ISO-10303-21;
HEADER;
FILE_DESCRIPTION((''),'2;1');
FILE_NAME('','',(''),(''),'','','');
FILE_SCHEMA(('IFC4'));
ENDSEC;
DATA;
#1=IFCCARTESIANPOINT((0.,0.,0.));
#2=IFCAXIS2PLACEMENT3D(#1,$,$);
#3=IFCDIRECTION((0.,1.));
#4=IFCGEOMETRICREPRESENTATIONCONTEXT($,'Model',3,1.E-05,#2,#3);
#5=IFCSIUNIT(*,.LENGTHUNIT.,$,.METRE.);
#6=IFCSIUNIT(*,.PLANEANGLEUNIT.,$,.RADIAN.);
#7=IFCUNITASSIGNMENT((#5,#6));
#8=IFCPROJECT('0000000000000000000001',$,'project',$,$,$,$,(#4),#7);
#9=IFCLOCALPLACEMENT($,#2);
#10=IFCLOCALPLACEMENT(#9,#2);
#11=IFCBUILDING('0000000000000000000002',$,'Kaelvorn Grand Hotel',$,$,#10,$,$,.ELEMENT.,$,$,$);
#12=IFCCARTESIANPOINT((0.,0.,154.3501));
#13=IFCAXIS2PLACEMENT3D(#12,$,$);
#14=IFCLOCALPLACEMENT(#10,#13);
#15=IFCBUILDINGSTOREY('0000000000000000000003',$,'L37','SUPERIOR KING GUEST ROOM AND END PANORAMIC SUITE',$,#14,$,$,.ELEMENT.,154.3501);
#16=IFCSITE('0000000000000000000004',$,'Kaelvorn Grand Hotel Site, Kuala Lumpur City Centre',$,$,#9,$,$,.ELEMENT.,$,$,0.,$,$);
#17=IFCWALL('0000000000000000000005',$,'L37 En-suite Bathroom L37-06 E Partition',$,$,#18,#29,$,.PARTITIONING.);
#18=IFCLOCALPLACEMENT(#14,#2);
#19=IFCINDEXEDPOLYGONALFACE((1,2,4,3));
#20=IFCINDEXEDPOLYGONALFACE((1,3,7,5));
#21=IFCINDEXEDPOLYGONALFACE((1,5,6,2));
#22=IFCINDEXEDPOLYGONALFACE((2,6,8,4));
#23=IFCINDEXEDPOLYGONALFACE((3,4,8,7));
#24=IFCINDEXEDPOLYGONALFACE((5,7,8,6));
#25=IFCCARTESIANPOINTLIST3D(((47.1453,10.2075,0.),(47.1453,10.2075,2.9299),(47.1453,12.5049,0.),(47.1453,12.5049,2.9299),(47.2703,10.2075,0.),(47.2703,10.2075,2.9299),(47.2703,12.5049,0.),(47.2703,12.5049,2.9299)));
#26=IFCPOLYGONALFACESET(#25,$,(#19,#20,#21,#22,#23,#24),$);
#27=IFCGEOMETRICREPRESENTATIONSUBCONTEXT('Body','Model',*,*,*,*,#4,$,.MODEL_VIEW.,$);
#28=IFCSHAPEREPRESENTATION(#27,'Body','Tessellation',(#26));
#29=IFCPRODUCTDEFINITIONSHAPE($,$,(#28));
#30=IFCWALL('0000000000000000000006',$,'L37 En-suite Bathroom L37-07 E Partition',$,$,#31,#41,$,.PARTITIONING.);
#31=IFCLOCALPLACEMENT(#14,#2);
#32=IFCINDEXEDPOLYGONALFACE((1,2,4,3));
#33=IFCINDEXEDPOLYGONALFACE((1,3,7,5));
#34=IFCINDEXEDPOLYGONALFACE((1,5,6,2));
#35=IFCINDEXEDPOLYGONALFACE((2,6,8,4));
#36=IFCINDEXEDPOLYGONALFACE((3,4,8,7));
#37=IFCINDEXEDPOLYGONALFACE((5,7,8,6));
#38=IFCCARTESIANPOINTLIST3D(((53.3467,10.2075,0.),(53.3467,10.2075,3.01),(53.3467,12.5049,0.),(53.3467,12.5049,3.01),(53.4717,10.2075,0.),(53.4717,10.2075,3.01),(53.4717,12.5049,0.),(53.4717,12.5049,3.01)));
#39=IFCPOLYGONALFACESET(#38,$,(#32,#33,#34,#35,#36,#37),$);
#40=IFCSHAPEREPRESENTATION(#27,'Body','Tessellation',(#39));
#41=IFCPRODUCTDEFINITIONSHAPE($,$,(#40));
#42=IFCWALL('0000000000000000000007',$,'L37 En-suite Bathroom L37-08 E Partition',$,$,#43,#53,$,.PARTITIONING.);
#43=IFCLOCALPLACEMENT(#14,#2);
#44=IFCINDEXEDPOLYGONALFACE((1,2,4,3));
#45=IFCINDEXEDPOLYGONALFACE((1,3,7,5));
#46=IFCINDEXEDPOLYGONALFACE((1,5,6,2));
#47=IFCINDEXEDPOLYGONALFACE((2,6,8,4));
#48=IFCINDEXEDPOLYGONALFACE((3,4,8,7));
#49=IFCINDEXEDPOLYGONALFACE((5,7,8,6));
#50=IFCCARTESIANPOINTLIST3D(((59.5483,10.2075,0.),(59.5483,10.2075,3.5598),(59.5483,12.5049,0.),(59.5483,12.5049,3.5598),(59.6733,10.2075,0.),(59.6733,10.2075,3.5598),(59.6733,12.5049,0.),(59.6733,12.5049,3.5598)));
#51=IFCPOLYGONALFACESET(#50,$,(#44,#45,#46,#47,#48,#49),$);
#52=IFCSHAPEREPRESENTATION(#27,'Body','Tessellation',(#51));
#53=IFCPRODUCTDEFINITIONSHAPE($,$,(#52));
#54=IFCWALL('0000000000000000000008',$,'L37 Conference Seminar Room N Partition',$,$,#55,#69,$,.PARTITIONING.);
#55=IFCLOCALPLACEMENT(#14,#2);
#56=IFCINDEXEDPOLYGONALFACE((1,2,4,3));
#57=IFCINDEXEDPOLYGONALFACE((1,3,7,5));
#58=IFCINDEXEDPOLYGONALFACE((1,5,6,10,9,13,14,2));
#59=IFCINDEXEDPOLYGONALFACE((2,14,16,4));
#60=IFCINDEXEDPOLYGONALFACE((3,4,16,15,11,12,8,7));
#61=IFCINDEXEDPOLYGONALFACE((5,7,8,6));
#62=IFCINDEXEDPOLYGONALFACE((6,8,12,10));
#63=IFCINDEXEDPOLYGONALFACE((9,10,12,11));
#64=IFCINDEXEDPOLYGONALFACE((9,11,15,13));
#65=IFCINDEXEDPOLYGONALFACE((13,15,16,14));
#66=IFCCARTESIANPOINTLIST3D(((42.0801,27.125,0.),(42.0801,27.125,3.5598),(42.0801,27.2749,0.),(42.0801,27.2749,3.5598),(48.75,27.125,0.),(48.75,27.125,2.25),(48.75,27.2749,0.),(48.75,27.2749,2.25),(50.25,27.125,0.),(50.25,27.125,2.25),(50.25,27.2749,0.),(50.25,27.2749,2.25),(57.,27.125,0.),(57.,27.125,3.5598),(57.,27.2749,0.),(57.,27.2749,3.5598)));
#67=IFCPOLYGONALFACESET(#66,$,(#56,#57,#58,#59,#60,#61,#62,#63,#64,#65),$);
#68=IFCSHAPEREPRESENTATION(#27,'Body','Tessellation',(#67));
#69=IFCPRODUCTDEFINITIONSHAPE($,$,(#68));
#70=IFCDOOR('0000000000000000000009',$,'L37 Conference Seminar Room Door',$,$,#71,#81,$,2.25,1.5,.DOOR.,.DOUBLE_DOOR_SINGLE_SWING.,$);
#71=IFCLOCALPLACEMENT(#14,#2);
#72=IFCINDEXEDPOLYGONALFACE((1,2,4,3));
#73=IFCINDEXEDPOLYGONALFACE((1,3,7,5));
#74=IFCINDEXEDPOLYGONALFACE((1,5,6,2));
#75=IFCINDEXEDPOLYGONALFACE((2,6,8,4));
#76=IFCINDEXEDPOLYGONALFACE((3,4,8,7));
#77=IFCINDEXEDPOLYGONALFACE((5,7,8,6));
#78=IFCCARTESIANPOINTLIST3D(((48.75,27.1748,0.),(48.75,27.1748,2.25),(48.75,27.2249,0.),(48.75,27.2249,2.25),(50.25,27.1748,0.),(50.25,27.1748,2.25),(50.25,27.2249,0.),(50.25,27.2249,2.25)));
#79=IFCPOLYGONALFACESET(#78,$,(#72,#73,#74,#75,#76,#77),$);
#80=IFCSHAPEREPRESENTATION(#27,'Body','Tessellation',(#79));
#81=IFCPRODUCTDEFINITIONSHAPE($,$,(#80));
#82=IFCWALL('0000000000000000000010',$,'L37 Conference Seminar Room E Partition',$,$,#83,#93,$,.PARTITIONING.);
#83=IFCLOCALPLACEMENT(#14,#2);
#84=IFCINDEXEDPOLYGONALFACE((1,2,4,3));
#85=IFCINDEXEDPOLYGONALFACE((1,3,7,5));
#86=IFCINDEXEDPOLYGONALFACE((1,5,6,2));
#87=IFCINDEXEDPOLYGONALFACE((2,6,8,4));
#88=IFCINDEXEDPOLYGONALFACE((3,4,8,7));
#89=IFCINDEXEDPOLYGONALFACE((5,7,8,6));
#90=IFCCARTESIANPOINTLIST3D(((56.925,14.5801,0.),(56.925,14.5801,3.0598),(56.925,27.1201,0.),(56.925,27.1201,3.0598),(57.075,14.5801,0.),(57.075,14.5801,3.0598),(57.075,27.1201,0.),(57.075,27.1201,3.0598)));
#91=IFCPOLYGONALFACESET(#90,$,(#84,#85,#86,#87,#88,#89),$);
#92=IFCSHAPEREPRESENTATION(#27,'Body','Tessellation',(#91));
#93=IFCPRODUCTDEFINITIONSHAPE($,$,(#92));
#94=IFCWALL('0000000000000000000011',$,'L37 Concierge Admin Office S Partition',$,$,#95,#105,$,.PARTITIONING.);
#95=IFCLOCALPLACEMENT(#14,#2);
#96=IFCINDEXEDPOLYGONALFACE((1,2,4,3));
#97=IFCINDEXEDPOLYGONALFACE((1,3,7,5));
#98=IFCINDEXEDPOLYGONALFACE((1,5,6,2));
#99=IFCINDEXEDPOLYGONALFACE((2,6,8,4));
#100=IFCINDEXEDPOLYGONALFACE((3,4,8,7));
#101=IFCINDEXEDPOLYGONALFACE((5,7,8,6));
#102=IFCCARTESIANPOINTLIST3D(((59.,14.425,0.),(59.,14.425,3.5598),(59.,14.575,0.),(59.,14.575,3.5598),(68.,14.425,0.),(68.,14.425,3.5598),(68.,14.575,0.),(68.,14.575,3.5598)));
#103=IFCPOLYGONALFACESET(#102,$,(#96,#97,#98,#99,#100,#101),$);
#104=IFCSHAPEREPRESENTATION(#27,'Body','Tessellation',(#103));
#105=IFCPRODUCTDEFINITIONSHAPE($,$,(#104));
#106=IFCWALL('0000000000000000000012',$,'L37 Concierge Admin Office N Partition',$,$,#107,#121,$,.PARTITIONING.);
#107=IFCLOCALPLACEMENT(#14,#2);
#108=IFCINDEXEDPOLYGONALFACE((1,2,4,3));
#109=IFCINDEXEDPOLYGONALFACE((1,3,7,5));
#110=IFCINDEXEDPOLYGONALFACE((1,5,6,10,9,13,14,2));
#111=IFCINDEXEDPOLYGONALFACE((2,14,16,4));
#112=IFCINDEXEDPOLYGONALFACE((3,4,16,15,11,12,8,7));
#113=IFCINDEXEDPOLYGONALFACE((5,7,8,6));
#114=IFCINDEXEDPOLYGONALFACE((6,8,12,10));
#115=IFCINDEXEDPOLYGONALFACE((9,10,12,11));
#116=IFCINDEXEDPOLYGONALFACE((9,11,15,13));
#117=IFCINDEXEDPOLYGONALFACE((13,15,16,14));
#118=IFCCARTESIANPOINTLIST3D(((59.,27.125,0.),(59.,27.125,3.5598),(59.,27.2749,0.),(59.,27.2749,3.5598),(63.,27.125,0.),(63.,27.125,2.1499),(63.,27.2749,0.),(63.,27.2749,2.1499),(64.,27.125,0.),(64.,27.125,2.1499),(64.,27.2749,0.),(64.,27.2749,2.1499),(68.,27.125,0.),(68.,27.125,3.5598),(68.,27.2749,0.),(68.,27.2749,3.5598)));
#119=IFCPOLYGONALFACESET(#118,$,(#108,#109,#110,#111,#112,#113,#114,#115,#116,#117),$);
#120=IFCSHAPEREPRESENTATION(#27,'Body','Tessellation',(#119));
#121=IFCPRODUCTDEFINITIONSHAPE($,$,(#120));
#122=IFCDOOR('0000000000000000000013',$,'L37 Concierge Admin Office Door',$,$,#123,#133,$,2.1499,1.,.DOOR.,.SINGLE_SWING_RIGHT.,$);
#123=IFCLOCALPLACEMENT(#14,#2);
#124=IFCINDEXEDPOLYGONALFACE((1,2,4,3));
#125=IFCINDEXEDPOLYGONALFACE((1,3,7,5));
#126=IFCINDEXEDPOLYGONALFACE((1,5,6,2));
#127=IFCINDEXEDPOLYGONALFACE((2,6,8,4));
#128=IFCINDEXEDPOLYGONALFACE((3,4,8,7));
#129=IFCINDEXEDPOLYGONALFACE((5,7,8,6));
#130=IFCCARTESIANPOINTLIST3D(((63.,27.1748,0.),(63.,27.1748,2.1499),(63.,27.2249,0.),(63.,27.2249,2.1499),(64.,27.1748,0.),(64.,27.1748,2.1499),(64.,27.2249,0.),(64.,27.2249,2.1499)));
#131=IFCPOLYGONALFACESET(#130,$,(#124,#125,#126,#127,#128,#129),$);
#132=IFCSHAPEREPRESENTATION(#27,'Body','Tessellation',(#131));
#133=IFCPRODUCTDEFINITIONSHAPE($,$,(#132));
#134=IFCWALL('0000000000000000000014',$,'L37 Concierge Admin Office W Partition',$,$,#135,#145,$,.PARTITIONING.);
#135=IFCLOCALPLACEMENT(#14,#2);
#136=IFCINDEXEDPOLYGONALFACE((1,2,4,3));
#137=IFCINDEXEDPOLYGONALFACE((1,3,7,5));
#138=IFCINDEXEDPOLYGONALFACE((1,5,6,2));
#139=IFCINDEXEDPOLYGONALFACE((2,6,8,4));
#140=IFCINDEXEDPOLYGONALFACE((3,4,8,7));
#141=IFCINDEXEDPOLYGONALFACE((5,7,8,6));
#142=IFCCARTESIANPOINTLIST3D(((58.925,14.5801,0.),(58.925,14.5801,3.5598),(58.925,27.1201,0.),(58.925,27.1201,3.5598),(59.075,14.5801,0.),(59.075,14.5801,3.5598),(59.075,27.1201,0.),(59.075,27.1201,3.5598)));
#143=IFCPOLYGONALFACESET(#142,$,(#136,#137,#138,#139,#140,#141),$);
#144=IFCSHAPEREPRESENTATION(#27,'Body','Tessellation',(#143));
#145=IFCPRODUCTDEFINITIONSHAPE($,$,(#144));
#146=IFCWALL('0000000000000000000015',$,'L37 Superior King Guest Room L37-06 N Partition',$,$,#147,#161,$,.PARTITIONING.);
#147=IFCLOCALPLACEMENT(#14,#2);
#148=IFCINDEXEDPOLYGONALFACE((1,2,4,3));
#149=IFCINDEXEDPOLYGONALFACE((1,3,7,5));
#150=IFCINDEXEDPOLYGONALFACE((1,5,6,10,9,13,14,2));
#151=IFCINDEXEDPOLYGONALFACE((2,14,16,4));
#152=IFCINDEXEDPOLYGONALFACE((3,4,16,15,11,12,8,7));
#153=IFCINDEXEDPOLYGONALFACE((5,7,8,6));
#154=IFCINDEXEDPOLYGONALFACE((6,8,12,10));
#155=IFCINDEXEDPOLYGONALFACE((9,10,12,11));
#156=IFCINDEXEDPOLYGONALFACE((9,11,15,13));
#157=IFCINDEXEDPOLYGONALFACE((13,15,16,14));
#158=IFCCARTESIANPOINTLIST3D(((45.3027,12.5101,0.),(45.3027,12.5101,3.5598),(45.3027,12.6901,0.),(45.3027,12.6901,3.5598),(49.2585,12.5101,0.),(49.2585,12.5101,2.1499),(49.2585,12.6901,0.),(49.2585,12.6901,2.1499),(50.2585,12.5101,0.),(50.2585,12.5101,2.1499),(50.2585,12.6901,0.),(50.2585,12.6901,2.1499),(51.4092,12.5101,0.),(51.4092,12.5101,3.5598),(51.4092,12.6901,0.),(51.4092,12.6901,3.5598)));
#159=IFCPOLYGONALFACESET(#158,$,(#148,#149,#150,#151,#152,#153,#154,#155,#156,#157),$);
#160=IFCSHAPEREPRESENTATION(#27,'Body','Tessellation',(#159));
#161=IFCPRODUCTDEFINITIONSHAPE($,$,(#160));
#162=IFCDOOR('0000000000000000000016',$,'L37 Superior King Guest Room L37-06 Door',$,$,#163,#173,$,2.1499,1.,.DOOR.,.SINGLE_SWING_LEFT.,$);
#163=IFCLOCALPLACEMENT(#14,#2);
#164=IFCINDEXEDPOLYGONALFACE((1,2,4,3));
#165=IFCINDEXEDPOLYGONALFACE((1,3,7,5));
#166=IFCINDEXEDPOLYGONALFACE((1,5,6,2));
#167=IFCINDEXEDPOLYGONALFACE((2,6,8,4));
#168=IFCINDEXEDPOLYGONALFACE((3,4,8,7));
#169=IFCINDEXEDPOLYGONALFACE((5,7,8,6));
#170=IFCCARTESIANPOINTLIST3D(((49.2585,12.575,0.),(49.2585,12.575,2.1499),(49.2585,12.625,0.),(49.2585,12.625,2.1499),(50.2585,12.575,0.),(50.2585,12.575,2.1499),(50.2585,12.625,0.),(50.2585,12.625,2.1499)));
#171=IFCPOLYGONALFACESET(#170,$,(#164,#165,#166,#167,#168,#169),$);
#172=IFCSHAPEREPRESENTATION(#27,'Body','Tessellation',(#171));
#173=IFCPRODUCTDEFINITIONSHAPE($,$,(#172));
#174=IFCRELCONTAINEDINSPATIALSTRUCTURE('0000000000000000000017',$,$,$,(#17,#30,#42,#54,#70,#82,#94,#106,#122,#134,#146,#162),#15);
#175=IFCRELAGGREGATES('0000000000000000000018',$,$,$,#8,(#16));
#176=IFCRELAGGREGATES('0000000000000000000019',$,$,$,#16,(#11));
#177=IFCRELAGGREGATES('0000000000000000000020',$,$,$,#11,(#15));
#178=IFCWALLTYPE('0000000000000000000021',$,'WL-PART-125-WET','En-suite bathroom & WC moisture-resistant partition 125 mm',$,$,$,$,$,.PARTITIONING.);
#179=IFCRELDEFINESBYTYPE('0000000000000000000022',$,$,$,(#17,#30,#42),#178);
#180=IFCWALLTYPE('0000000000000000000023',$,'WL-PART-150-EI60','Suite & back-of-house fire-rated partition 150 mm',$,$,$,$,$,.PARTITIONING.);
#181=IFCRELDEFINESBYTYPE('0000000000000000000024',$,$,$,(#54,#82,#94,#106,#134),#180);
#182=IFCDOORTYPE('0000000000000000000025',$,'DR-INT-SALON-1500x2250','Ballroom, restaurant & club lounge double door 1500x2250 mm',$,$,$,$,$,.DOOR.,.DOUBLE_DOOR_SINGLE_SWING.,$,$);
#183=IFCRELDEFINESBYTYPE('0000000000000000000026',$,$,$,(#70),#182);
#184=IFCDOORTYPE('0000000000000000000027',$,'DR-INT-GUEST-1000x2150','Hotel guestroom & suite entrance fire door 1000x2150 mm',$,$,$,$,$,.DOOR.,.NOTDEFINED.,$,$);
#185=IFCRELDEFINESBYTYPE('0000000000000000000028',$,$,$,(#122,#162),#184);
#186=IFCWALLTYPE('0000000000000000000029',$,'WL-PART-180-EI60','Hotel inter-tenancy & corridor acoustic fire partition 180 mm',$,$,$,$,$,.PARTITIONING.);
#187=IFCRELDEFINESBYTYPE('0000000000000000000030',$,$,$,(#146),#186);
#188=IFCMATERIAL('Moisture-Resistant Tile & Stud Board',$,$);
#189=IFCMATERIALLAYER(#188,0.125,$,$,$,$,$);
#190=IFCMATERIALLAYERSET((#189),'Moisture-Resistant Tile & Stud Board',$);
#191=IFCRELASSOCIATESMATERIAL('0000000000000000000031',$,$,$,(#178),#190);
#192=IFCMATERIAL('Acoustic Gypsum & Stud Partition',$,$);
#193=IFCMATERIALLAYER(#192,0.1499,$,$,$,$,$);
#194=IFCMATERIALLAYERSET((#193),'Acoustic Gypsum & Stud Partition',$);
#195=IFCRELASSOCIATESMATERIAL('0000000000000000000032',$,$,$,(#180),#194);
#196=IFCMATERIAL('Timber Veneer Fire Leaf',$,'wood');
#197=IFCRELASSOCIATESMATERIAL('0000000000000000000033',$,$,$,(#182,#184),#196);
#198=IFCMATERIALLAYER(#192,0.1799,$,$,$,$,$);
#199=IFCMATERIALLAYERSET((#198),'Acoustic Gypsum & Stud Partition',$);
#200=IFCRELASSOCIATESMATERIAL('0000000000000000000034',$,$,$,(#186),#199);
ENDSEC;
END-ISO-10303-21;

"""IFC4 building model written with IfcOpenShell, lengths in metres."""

from ifc_helpers import new_model, si_unit, direction, frame, frame_2d, origin, place, context, subcontext, project, spatial, rectangle, extrude, material, layer, layer_set, type_object, element, fill, save


model = new_model("IFC4")

# Units and contexts
model_context = context("Model", 3, precision=1e-05, world=origin(), true_north=direction((0.0, 1.0)))
body_context = subcontext(model_context, "Body", "Model", "MODEL_VIEW")
ifc_project = project(units=[si_unit("LENGTHUNIT", "METRE"), si_unit("PLANEANGLEUNIT", "RADIAN")], contexts=[model_context])

# Site, building, storey
site_placement = place(None, origin())
site = spatial("IfcSite", under=ifc_project, at=site_placement, Name="Kaelvorn Grand Hotel Site, Kuala Lumpur City Centre", CompositionType="ELEMENT", RefElevation=0.0)
building_placement = place(site_placement, origin())
building = spatial("IfcBuilding", under=site, at=building_placement, Name="Kaelvorn Grand Hotel", CompositionType="ELEMENT")
storey_placement = place(building_placement, frame((0.0, 0.0, 154.3501)))
storey = spatial("IfcBuildingStorey", under=building, at=storey_placement, Name="L37", Description="SUPERIOR KING GUEST ROOM AND END PANORAMIC SUITE", CompositionType="ELEMENT", Elevation=154.3501)

# Walls
ifc_material_1 = material(Name="Moisture-Resistant Tile & Stud Board")
ifc_layer_1 = layer(ifc_material_1, 0.125)
ifc_layer_set_1 = layer_set([ifc_layer_1], Name="Moisture-Resistant Tile & Stud Board")
wall_type_1 = type_object("IfcWallType", Name="WL-PART-125-WET", Description="En-suite bathroom & WC moisture-resistant partition 125 mm", PredefinedType="PARTITIONING", material=ifc_layer_set_1)
wall_1_placement = place(storey_placement, frame((47.2078, 10.2075, 0.0), z_axis=(0.0, 0.0, 1.0), x_axis=(0.0, 1.0, 0.0)))
element("IfcWall", 1, at=wall_1_placement, inside=storey, type_object=wall_type_1, Name="L37 En-suite Bathroom L37-06 E Partition", PredefinedType="PARTITIONING", context=body_context, shape_type="SweptSolid", body=[
    extrude(rectangle(XDim=2.2974, YDim=0.125, at=frame_2d((1.1487, 0.0))), origin(), (0.0, 0.0, 1.0), 2.9299),
])
wall_2_placement = place(storey_placement, frame((53.4092, 10.2075, 0.0), z_axis=(0.0, 0.0, 1.0), x_axis=(0.0, 1.0, 0.0)))
element("IfcWall", 2, at=wall_2_placement, inside=storey, type_object=wall_type_1, Name="L37 En-suite Bathroom L37-07 E Partition", PredefinedType="PARTITIONING", context=body_context, shape_type="SweptSolid", body=[
    extrude(rectangle(XDim=2.2974, YDim=0.125, at=frame_2d((1.1487, 0.0))), origin(), (0.0, 0.0, 1.0), 3.01),
])
wall_3_placement = place(storey_placement, frame((59.6108, 10.2075, 0.0), z_axis=(0.0, 0.0, 1.0), x_axis=(0.0, 1.0, 0.0)))
element("IfcWall", 3, at=wall_3_placement, inside=storey, type_object=wall_type_1, Name="L37 En-suite Bathroom L37-08 E Partition", PredefinedType="PARTITIONING", context=body_context, shape_type="SweptSolid", body=[
    extrude(rectangle(XDim=2.2974, YDim=0.125, at=frame_2d((1.1487, 0.0))), origin(), (0.0, 0.0, 1.0), 3.5598),
])

# Wall, opening, door
ifc_material_2 = material(Name="Acoustic Gypsum & Stud Partition")
ifc_layer_2 = layer(ifc_material_2, 0.1499)
ifc_layer_set_2 = layer_set([ifc_layer_2], Name="Acoustic Gypsum & Stud Partition")
wall_type_2 = type_object("IfcWallType", Name="WL-PART-150-EI60", Description="Suite & back-of-house fire-rated partition 150 mm", PredefinedType="PARTITIONING", material=ifc_layer_set_2)
wall_4_placement = place(storey_placement, frame((42.0801, 27.2, 0.0), z_axis=(0.0, 0.0, 1.0), x_axis=(1.0, 0.0, 0.0)))
wall_4 = element("IfcWall", 4, at=wall_4_placement, inside=storey, type_object=wall_type_2, Name="L37 Conference Seminar Room N Partition", PredefinedType="PARTITIONING", context=body_context, shape_type="SweptSolid", body=[
    extrude(rectangle(XDim=14.9199, YDim=0.1499, at=frame_2d((7.46, 0.0))), origin(), (0.0, 0.0, 1.0), 3.5598),
])
opening_1_placement = place(wall_4_placement, frame((6.6699, 0.0, 0.0)))
opening_1 = element("IfcOpeningElement", 5, at=opening_1_placement, cuts=wall_4, PredefinedType="OPENING", context=body_context, shape_type="SweptSolid", body=[
    extrude(rectangle(XDim=1.5, YDim=2.25, at=frame_2d((0.75, 1.125))), frame((0.0, 0.085, 0.0), z_axis=(0.0, -1.0, 0.0), x_axis=(1.0, 0.0, 0.0)), (0.0, 0.0, 1.0), 0.1699),
])
ifc_material_3 = material(Name="Timber Veneer Fire Leaf", Category="wood")
door_type_1 = type_object("IfcDoorType", Name="DR-INT-SALON-1500x2250", Description="Ballroom, restaurant & club lounge double door 1500x2250 mm", OperationType="DOUBLE_DOOR_SINGLE_SWING", PredefinedType="DOOR", material=ifc_material_3)
door_1_placement = place(opening_1_placement, origin())
door_1 = element("IfcDoor", 6, at=door_1_placement, inside=storey, type_object=door_type_1, Name="L37 Conference Seminar Room Door", OperationType="DOUBLE_DOOR_SINGLE_SWING", OverallHeight=2.25, OverallWidth=1.5, PredefinedType="DOOR", context=body_context, shape_type="SweptSolid", body=[
    extrude(rectangle(XDim=1.5, YDim=2.25, at=frame_2d((0.75, 1.125))), frame((0.0, 0.0249, 0.0), z_axis=(0.0, -1.0, 0.0), x_axis=(1.0, 0.0, 0.0)), (0.0, 0.0, 1.0), 0.05),
])
fill(opening_1, door_1)

# Walls
wall_5_placement = place(storey_placement, frame((57.0, 14.5801, 0.0), z_axis=(0.0, 0.0, 1.0), x_axis=(0.0, 1.0, 0.0)))
element("IfcWall", 7, at=wall_5_placement, inside=storey, type_object=wall_type_2, Name="L37 Conference Seminar Room E Partition", PredefinedType="PARTITIONING", context=body_context, shape_type="SweptSolid", body=[
    extrude(rectangle(XDim=12.54, YDim=0.1499, at=frame_2d((6.27, 0.0))), origin(), (0.0, 0.0, 1.0), 3.0598),
])
wall_6_placement = place(storey_placement, frame((59.0, 14.5, 0.0), z_axis=(0.0, 0.0, 1.0), x_axis=(1.0, 0.0, 0.0)))
element("IfcWall", 8, at=wall_6_placement, inside=storey, type_object=wall_type_2, Name="L37 Concierge Admin Office S Partition", PredefinedType="PARTITIONING", context=body_context, shape_type="SweptSolid", body=[
    extrude(rectangle(XDim=9.0, YDim=0.1499, at=frame_2d((4.5, 0.0))), origin(), (0.0, 0.0, 1.0), 3.5598),
])

# Wall, opening, door
wall_7_placement = place(storey_placement, frame((59.0, 27.2, 0.0), z_axis=(0.0, 0.0, 1.0), x_axis=(1.0, 0.0, 0.0)))
wall_7 = element("IfcWall", 9, at=wall_7_placement, inside=storey, type_object=wall_type_2, Name="L37 Concierge Admin Office N Partition", PredefinedType="PARTITIONING", context=body_context, shape_type="SweptSolid", body=[
    extrude(rectangle(XDim=9.0, YDim=0.1499, at=frame_2d((4.5, 0.0))), origin(), (0.0, 0.0, 1.0), 3.5598),
])
opening_2_placement = place(wall_7_placement, frame((4.0, 0.0, 0.0)))
opening_2 = element("IfcOpeningElement", 10, at=opening_2_placement, cuts=wall_7, PredefinedType="OPENING", context=body_context, shape_type="SweptSolid", body=[
    extrude(rectangle(XDim=1.0, YDim=2.1499, at=frame_2d((0.5, 1.075))), frame((0.0, 0.085, 0.0), z_axis=(0.0, -1.0, 0.0), x_axis=(1.0, 0.0, 0.0)), (0.0, 0.0, 1.0), 0.1699),
])
door_type_2 = type_object("IfcDoorType", Name="DR-INT-GUEST-1000x2150", Description="Hotel guestroom & suite entrance fire door 1000x2150 mm", OperationType="NOTDEFINED", PredefinedType="DOOR", material=ifc_material_3)
door_2_placement = place(opening_2_placement, origin())
door_2 = element("IfcDoor", 11, at=door_2_placement, inside=storey, type_object=door_type_2, Name="L37 Concierge Admin Office Door", OperationType="SINGLE_SWING_RIGHT", OverallHeight=2.1499, OverallWidth=1.0, PredefinedType="DOOR", context=body_context, shape_type="SweptSolid", body=[
    extrude(rectangle(XDim=1.0, YDim=2.1499, at=frame_2d((0.5, 1.075))), frame((0.0, 0.0249, 0.0), z_axis=(0.0, -1.0, 0.0), x_axis=(1.0, 0.0, 0.0)), (0.0, 0.0, 1.0), 0.05),
])
fill(opening_2, door_2)

# Wall
wall_8_placement = place(storey_placement, frame((59.0, 14.5801, 0.0), z_axis=(0.0, 0.0, 1.0), x_axis=(0.0, 1.0, 0.0)))
element("IfcWall", 12, at=wall_8_placement, inside=storey, type_object=wall_type_2, Name="L37 Concierge Admin Office W Partition", PredefinedType="PARTITIONING", context=body_context, shape_type="SweptSolid", body=[
    extrude(rectangle(XDim=12.54, YDim=0.1499, at=frame_2d((6.27, 0.0))), origin(), (0.0, 0.0, 1.0), 3.5598),
])

# Wall, opening, door
ifc_layer_3 = layer(ifc_material_2, 0.1799)
ifc_layer_set_3 = layer_set([ifc_layer_3], Name="Acoustic Gypsum & Stud Partition")
wall_type_3 = type_object("IfcWallType", Name="WL-PART-180-EI60", Description="Hotel inter-tenancy & corridor acoustic fire partition 180 mm", PredefinedType="PARTITIONING", material=ifc_layer_set_3)
wall_9_placement = place(storey_placement, frame((45.3027, 12.6001, 0.0), z_axis=(0.0, 0.0, 1.0), x_axis=(1.0, 0.0, 0.0)))
wall_9 = element("IfcWall", 13, at=wall_9_placement, inside=storey, type_object=wall_type_3, Name="L37 Superior King Guest Room L37-06 N Partition", PredefinedType="PARTITIONING", context=body_context, shape_type="SweptSolid", body=[
    extrude(rectangle(XDim=6.1064, YDim=0.1799, at=frame_2d((3.0532, 0.0))), origin(), (0.0, 0.0, 1.0), 3.5598),
])
opening_3_placement = place(wall_9_placement, frame((3.9558, 0.0, 0.0)))
opening_3 = element("IfcOpeningElement", 14, at=opening_3_placement, cuts=wall_9, PredefinedType="OPENING", context=body_context, shape_type="SweptSolid", body=[
    extrude(rectangle(XDim=1.0, YDim=2.1499, at=frame_2d((0.5, 1.075))), frame((0.0, 0.1001, 0.0), z_axis=(0.0, -1.0, 0.0), x_axis=(1.0, 0.0, 0.0)), (0.0, 0.0, 1.0), 0.2),
])
door_3_placement = place(opening_3_placement, origin())
door_3 = element("IfcDoor", 15, at=door_3_placement, inside=storey, type_object=door_type_2, Name="L37 Superior King Guest Room L37-06 Door", OperationType="SINGLE_SWING_LEFT", OverallHeight=2.1499, OverallWidth=1.0, PredefinedType="DOOR", context=body_context, shape_type="SweptSolid", body=[
    extrude(rectangle(XDim=1.0, YDim=2.1499, at=frame_2d((0.5, 1.075))), frame((0.0, 0.0249, 0.0), z_axis=(0.0, -1.0, 0.0), x_axis=(1.0, 0.0, 0.0)), (0.0, 0.0, 1.0), 0.05),
])
fill(opening_3, door_3)

save(model, "model.ifc")
